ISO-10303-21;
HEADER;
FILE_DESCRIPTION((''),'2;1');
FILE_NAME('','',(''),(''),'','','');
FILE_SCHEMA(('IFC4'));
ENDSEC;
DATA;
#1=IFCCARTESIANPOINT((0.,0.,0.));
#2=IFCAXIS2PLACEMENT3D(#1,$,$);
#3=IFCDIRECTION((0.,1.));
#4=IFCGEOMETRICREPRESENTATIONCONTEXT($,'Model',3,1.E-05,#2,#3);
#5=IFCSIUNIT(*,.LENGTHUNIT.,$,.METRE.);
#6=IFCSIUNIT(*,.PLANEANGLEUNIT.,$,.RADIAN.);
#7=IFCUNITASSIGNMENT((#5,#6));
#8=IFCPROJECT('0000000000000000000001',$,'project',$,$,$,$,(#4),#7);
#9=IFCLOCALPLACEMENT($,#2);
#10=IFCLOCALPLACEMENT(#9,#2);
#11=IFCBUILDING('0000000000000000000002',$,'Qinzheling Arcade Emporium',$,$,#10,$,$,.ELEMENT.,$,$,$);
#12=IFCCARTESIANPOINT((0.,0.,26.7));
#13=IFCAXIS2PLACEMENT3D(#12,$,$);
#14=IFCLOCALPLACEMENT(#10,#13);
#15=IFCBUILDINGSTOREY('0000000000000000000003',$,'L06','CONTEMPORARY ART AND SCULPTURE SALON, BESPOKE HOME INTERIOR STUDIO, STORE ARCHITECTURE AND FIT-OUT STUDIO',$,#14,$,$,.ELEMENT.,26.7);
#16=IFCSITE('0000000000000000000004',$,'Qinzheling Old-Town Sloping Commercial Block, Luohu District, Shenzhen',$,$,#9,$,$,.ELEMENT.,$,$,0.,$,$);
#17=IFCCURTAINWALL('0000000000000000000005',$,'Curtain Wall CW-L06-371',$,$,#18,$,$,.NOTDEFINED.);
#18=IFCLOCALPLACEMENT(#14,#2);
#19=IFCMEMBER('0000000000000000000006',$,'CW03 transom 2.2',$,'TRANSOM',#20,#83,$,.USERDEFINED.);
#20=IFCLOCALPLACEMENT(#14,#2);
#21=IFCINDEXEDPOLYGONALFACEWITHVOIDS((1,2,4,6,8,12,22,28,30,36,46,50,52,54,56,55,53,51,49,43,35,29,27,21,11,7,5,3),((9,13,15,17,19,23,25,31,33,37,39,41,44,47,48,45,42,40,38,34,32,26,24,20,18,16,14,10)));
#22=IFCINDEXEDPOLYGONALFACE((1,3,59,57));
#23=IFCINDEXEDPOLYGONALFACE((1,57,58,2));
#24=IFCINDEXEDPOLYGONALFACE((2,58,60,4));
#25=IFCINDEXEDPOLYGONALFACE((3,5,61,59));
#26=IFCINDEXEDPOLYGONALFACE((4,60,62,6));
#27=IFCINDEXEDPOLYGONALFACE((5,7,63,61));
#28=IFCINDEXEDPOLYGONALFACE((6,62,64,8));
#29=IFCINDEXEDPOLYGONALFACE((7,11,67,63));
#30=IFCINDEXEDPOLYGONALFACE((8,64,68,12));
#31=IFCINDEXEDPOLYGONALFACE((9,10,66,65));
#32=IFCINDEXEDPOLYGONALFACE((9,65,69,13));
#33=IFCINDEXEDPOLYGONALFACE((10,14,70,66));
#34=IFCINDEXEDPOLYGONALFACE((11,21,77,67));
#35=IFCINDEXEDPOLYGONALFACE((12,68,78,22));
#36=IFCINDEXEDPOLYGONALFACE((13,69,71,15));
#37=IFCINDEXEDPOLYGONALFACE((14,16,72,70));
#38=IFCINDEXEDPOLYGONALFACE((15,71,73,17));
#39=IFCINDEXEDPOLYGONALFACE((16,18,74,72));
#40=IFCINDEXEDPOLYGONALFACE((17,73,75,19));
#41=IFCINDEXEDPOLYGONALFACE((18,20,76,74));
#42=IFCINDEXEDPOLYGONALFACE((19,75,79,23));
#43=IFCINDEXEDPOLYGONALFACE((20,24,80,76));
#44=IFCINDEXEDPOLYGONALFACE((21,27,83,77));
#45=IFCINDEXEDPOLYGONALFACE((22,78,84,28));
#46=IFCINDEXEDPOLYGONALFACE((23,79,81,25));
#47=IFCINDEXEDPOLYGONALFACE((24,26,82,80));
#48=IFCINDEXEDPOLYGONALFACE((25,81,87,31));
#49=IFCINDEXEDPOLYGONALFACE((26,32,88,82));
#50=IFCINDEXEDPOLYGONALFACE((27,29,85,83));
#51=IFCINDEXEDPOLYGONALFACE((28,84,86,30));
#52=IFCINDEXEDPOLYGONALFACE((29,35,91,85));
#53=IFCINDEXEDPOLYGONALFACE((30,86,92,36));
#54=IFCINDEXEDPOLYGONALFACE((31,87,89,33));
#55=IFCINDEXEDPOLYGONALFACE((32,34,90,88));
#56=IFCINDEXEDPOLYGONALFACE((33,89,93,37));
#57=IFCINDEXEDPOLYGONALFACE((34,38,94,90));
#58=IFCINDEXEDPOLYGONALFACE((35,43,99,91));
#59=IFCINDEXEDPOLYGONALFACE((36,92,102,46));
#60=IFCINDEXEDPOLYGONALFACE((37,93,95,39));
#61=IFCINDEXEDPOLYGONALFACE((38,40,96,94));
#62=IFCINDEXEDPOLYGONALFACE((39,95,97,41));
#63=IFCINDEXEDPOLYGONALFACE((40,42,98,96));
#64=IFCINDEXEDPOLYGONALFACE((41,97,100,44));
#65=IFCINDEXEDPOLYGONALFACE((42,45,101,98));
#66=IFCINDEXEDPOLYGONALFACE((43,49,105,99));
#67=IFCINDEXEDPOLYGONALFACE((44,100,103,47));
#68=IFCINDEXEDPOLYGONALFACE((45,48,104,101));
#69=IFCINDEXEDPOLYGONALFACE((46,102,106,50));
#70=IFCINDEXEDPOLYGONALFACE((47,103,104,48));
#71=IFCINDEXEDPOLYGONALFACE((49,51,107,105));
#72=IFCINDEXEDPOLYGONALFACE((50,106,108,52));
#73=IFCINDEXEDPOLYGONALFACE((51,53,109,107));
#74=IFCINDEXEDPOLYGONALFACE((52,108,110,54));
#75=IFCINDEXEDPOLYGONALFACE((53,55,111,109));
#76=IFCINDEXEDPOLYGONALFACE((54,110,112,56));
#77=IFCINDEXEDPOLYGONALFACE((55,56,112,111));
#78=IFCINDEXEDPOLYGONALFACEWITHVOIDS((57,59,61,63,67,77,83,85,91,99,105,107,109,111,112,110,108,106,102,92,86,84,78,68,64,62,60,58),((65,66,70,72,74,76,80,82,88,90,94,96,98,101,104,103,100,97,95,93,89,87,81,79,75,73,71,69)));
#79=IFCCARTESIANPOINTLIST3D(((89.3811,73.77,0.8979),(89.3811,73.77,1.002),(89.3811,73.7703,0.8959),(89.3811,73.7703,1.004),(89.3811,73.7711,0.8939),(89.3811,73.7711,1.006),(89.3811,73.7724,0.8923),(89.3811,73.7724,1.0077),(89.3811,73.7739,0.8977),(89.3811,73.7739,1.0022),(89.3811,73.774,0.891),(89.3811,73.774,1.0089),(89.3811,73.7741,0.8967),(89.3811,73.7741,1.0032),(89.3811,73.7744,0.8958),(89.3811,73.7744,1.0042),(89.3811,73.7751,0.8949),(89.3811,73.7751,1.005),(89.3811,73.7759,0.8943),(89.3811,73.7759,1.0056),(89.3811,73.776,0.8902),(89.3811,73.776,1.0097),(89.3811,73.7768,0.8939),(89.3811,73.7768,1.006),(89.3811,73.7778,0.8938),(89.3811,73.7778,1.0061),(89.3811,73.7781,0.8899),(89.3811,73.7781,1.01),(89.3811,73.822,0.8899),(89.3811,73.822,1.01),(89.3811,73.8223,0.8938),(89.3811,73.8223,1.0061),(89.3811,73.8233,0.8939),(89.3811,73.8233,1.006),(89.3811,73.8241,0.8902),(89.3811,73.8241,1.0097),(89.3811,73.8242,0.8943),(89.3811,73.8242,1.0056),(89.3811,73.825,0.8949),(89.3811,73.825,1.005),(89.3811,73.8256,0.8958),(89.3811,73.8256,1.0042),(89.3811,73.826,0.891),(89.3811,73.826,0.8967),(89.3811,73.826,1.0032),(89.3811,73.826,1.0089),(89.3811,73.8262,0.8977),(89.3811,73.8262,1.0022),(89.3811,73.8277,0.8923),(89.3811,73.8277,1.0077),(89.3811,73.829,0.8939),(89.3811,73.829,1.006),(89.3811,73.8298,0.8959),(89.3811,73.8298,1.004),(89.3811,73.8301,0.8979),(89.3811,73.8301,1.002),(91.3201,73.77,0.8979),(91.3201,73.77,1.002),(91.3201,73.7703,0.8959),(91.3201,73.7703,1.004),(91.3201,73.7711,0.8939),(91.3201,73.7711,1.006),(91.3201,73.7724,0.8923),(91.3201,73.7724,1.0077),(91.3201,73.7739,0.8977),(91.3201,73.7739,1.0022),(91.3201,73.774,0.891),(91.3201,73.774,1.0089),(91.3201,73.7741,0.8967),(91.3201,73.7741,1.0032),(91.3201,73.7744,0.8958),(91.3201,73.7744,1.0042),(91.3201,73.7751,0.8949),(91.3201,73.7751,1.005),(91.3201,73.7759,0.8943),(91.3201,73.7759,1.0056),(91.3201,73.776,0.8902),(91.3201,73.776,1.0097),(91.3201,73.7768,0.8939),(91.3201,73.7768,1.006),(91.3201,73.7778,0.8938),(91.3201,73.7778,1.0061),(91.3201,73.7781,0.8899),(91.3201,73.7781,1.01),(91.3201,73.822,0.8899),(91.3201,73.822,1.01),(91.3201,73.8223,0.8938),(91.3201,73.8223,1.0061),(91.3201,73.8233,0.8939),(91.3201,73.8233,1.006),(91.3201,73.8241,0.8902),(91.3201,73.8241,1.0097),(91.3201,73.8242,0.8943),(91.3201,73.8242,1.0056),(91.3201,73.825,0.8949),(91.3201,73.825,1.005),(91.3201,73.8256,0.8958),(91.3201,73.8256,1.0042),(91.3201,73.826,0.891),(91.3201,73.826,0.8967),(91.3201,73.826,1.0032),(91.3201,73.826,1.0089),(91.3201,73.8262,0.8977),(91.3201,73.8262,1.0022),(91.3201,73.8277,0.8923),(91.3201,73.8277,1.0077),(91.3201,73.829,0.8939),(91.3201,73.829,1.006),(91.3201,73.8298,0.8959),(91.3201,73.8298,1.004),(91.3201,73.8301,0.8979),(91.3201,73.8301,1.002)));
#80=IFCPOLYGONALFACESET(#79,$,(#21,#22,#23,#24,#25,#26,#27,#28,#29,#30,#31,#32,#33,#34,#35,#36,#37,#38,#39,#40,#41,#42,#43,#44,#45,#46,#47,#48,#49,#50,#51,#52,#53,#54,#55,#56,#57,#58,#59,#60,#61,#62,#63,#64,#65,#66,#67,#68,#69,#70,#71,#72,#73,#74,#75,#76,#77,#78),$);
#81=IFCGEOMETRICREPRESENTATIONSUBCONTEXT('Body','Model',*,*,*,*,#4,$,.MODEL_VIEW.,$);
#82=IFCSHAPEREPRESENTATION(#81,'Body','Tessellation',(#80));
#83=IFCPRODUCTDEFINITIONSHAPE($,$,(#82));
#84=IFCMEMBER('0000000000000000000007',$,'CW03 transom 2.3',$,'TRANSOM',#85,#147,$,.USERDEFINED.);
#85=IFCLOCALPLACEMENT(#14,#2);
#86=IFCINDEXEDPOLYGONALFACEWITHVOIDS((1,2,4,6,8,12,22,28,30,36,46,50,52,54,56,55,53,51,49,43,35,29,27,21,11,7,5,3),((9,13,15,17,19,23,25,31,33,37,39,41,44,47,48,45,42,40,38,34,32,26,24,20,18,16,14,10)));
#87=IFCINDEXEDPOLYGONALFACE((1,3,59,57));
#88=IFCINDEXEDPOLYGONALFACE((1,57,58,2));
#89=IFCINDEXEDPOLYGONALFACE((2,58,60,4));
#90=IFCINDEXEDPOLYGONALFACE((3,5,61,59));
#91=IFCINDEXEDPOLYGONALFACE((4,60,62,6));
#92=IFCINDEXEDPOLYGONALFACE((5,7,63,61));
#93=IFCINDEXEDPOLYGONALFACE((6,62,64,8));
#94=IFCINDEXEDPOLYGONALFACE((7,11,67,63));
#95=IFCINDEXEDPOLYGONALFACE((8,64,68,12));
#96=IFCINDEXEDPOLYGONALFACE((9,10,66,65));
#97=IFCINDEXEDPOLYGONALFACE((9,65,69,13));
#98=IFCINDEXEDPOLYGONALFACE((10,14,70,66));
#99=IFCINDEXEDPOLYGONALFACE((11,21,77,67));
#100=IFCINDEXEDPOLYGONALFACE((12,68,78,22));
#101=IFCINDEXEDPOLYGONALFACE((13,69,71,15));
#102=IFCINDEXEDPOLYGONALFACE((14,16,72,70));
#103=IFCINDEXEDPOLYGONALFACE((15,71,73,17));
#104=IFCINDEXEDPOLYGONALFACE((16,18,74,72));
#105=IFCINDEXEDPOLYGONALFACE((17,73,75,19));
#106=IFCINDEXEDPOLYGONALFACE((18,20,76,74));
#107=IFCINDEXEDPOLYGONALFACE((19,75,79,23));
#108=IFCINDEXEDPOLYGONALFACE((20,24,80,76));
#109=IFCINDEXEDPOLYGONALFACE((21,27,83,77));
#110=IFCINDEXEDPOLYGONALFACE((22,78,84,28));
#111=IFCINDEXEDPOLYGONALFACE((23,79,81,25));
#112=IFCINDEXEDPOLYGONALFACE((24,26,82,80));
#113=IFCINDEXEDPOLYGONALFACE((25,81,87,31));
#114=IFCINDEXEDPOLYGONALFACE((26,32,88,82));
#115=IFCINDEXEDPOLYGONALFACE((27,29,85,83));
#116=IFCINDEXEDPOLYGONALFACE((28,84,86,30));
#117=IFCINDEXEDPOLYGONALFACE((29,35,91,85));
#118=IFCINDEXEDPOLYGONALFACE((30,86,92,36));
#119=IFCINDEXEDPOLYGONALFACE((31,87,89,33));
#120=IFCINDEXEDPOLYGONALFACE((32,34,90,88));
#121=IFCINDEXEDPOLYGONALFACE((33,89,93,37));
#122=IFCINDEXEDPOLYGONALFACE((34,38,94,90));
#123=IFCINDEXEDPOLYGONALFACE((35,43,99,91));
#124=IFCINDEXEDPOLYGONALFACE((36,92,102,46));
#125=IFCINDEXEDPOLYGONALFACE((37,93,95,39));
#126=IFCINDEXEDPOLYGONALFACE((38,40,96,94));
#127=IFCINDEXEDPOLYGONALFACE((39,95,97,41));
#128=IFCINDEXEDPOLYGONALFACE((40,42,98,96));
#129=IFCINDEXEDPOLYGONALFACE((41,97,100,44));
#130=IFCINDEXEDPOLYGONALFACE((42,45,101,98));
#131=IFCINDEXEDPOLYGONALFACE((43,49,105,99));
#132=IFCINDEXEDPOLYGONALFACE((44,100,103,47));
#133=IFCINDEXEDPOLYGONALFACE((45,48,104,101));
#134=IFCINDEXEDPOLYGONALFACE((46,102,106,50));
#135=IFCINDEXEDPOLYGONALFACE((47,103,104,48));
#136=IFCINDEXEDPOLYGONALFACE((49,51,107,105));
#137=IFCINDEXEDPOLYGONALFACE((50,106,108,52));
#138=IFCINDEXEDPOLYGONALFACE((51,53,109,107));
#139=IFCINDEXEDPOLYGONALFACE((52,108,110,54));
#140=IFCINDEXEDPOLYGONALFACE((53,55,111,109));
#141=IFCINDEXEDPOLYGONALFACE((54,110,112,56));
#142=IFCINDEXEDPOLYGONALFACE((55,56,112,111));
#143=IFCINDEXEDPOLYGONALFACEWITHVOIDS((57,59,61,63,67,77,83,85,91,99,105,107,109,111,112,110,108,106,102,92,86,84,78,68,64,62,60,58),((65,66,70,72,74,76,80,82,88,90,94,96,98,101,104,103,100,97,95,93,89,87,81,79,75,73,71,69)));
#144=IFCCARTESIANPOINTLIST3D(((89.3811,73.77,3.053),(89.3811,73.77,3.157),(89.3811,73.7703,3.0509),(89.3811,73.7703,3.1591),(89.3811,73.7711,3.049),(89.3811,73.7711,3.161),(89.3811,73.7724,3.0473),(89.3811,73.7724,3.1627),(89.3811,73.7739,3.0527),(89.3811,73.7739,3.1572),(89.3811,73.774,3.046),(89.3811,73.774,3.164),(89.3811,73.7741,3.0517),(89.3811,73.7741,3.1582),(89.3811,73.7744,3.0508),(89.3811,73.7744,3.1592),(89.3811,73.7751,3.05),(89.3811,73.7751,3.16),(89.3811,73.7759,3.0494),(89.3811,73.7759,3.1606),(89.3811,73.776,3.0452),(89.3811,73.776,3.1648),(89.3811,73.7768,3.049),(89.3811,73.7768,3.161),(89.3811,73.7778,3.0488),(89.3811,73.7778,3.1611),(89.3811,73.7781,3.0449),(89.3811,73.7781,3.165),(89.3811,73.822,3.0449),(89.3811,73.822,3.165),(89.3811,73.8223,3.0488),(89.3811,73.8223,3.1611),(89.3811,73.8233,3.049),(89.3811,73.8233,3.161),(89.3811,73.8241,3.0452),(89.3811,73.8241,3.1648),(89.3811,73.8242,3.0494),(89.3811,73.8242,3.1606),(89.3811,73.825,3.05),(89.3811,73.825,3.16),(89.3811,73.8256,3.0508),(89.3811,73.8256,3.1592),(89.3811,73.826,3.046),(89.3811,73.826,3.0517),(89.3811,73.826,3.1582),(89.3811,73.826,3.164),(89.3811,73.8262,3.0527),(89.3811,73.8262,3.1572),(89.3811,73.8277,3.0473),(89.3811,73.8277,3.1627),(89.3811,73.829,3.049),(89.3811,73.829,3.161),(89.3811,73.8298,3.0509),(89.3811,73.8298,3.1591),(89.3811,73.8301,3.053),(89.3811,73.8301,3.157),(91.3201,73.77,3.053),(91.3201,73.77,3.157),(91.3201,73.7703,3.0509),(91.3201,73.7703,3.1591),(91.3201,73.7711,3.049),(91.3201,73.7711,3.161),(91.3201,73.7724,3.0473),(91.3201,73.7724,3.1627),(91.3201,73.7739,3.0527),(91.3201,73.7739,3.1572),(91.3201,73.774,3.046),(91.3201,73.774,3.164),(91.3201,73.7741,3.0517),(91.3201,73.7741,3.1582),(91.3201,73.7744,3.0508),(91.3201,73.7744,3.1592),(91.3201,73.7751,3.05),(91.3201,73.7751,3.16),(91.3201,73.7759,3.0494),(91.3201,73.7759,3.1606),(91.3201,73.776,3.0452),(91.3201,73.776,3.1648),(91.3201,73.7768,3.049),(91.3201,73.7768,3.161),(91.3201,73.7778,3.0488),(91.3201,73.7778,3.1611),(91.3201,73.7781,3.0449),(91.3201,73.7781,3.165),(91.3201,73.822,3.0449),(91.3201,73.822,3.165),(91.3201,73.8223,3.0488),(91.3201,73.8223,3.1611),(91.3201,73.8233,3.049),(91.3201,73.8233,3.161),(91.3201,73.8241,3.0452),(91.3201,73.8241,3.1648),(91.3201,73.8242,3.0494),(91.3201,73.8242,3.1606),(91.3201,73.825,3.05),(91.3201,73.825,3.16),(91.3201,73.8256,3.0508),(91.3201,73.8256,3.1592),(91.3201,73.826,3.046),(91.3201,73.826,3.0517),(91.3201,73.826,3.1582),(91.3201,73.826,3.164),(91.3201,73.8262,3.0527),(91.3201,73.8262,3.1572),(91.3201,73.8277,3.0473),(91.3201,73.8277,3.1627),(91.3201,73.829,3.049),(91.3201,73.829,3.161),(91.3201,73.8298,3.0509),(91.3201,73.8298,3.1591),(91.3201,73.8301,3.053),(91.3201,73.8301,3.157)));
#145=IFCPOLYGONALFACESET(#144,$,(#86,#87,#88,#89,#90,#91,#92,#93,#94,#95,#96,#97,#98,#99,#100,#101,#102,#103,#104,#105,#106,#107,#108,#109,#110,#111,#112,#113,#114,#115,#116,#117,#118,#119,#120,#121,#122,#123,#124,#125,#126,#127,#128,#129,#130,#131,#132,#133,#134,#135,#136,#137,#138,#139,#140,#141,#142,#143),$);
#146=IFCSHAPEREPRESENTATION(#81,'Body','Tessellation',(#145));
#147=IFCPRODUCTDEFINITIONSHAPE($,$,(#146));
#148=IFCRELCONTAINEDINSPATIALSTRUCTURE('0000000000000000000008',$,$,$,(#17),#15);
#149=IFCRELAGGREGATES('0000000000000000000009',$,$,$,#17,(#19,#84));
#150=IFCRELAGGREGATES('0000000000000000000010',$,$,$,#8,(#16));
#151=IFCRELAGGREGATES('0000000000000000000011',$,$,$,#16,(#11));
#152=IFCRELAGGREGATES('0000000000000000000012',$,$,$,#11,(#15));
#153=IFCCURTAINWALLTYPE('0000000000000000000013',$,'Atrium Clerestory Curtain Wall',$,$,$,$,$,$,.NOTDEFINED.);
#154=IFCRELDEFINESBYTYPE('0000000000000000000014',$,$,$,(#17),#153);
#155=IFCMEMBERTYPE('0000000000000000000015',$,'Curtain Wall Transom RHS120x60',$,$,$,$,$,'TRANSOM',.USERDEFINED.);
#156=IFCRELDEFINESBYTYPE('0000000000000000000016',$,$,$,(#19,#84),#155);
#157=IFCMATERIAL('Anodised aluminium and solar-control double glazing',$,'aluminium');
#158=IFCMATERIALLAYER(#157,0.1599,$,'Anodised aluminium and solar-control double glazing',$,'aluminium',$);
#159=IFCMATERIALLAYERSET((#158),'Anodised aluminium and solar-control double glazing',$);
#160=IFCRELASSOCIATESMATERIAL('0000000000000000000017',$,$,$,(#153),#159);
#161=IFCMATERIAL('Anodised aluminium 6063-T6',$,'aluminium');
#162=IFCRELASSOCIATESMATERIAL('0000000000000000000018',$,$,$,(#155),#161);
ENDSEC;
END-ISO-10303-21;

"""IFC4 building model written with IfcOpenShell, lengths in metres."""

from ifc_helpers import new_model, si_unit, direction, frame, origin, origin_2d, place, context, subcontext, project, spatial, hollow_rectangle, extrude, material, layer, layer_set, material_profile, profile_set, type_object, element, aggregate, save


model = new_model("IFC4")

# Units and contexts
model_context = context("Model", 3, precision=1e-05, world=origin(), true_north=direction((0.0, 1.0)))
body_context = subcontext(model_context, "Body", "Model", "MODEL_VIEW")
ifc_project = project(units=[si_unit("LENGTHUNIT", "METRE"), si_unit("PLANEANGLEUNIT", "RADIAN")], contexts=[model_context])

# Site, building, storey
site_placement = place(None, origin())
site = spatial("IfcSite", under=ifc_project, at=site_placement, Name="Qinzheling Old-Town Sloping Commercial Block, Luohu District, Shenzhen", CompositionType="ELEMENT", RefElevation=0.0)
building_placement = place(site_placement, origin())
building = spatial("IfcBuilding", under=site, at=building_placement, Name="Qinzheling Arcade Emporium", CompositionType="ELEMENT")
storey_placement = place(building_placement, frame((0.0, 0.0, 26.7)))
storey = spatial("IfcBuildingStorey", under=building, at=storey_placement, Name="L06", Description="CONTEMPORARY ART AND SCULPTURE SALON, BESPOKE HOME INTERIOR STUDIO, STORE ARCHITECTURE AND FIT-OUT STUDIO", CompositionType="ELEMENT", Elevation=26.7)

# Shared definitions
ifc_material_1 = material(Name="Anodised aluminium and solar-control double glazing", Category="aluminium")
ifc_layer_1 = layer(ifc_material_1, 0.1599, Name="Anodised aluminium and solar-control double glazing", Category="aluminium")
ifc_layer_set_1 = layer_set([ifc_layer_1], Name="Anodised aluminium and solar-control double glazing")
curtain_wall_type = type_object("IfcCurtainWallType", Name="Atrium Clerestory Curtain Wall", PredefinedType="NOTDEFINED", material=ifc_layer_set_1)
ifc_material_2 = material(Name="Anodised aluminium 6063-T6", Category="aluminium")

# Curtain wall
curtain_wall_1_placement = place(storey_placement, origin())
curtain_wall_1 = element("IfcCurtainWall", 1, at=curtain_wall_1_placement, inside=storey, type_object=curtain_wall_type, Name="Curtain Wall CW-L06-371", PredefinedType="NOTDEFINED")

# Members
ifc_material_profile_1 = material_profile(ifc_material_2, hollow_rectangle(XDim=0.0601, YDim=0.1201, WallThickness=0.0039, InnerFilletRadius=0.0039, OuterFilletRadius=0.0081, at=origin_2d()), Name="RHS 120x60x4", Category="aluminium")
ifc_profile_set_1 = profile_set([ifc_material_profile_1], Name="Anodised aluminium 6063-T6")
member_type_1 = type_object("IfcMemberType", Name="Curtain Wall Transom RHS120x60", ElementType="TRANSOM", PredefinedType="USERDEFINED", material=ifc_profile_set_1)
member_1_placement = place(storey_placement, frame((89.3811, 73.8, 0.95), z_axis=(1.0, 0.0, 0.0), x_axis=(0.0, 1.0, 0.0)))
member_1 = element("IfcMember", 2, at=member_1_placement, type_object=member_type_1, Name="CW03 transom 2.2", ObjectType="TRANSOM", PredefinedType="USERDEFINED", context=body_context, shape_type="SweptSolid", body=[
    extrude(hollow_rectangle(XDim=0.0601, YDim=0.1201, WallThickness=0.0039, InnerFilletRadius=0.0039, OuterFilletRadius=0.0081, at=origin_2d()), origin(), (0.0, 0.0, 1.0), 1.939),
])
member_2_placement = place(storey_placement, frame((89.3811, 73.8, 3.105), z_axis=(1.0, 0.0, 0.0), x_axis=(0.0, 1.0, 0.0)))
member_2 = element("IfcMember", 3, at=member_2_placement, type_object=member_type_1, Name="CW03 transom 2.3", ObjectType="TRANSOM", PredefinedType="USERDEFINED", context=body_context, shape_type="SweptSolid", body=[
    extrude(hollow_rectangle(XDim=0.0601, YDim=0.1201, WallThickness=0.0039, InnerFilletRadius=0.0039, OuterFilletRadius=0.0081, at=origin_2d()), origin(), (0.0, 0.0, 1.0), 1.939),
])

aggregate(curtain_wall_1, [member_1, member_2])

save(model, "model.ifc")
